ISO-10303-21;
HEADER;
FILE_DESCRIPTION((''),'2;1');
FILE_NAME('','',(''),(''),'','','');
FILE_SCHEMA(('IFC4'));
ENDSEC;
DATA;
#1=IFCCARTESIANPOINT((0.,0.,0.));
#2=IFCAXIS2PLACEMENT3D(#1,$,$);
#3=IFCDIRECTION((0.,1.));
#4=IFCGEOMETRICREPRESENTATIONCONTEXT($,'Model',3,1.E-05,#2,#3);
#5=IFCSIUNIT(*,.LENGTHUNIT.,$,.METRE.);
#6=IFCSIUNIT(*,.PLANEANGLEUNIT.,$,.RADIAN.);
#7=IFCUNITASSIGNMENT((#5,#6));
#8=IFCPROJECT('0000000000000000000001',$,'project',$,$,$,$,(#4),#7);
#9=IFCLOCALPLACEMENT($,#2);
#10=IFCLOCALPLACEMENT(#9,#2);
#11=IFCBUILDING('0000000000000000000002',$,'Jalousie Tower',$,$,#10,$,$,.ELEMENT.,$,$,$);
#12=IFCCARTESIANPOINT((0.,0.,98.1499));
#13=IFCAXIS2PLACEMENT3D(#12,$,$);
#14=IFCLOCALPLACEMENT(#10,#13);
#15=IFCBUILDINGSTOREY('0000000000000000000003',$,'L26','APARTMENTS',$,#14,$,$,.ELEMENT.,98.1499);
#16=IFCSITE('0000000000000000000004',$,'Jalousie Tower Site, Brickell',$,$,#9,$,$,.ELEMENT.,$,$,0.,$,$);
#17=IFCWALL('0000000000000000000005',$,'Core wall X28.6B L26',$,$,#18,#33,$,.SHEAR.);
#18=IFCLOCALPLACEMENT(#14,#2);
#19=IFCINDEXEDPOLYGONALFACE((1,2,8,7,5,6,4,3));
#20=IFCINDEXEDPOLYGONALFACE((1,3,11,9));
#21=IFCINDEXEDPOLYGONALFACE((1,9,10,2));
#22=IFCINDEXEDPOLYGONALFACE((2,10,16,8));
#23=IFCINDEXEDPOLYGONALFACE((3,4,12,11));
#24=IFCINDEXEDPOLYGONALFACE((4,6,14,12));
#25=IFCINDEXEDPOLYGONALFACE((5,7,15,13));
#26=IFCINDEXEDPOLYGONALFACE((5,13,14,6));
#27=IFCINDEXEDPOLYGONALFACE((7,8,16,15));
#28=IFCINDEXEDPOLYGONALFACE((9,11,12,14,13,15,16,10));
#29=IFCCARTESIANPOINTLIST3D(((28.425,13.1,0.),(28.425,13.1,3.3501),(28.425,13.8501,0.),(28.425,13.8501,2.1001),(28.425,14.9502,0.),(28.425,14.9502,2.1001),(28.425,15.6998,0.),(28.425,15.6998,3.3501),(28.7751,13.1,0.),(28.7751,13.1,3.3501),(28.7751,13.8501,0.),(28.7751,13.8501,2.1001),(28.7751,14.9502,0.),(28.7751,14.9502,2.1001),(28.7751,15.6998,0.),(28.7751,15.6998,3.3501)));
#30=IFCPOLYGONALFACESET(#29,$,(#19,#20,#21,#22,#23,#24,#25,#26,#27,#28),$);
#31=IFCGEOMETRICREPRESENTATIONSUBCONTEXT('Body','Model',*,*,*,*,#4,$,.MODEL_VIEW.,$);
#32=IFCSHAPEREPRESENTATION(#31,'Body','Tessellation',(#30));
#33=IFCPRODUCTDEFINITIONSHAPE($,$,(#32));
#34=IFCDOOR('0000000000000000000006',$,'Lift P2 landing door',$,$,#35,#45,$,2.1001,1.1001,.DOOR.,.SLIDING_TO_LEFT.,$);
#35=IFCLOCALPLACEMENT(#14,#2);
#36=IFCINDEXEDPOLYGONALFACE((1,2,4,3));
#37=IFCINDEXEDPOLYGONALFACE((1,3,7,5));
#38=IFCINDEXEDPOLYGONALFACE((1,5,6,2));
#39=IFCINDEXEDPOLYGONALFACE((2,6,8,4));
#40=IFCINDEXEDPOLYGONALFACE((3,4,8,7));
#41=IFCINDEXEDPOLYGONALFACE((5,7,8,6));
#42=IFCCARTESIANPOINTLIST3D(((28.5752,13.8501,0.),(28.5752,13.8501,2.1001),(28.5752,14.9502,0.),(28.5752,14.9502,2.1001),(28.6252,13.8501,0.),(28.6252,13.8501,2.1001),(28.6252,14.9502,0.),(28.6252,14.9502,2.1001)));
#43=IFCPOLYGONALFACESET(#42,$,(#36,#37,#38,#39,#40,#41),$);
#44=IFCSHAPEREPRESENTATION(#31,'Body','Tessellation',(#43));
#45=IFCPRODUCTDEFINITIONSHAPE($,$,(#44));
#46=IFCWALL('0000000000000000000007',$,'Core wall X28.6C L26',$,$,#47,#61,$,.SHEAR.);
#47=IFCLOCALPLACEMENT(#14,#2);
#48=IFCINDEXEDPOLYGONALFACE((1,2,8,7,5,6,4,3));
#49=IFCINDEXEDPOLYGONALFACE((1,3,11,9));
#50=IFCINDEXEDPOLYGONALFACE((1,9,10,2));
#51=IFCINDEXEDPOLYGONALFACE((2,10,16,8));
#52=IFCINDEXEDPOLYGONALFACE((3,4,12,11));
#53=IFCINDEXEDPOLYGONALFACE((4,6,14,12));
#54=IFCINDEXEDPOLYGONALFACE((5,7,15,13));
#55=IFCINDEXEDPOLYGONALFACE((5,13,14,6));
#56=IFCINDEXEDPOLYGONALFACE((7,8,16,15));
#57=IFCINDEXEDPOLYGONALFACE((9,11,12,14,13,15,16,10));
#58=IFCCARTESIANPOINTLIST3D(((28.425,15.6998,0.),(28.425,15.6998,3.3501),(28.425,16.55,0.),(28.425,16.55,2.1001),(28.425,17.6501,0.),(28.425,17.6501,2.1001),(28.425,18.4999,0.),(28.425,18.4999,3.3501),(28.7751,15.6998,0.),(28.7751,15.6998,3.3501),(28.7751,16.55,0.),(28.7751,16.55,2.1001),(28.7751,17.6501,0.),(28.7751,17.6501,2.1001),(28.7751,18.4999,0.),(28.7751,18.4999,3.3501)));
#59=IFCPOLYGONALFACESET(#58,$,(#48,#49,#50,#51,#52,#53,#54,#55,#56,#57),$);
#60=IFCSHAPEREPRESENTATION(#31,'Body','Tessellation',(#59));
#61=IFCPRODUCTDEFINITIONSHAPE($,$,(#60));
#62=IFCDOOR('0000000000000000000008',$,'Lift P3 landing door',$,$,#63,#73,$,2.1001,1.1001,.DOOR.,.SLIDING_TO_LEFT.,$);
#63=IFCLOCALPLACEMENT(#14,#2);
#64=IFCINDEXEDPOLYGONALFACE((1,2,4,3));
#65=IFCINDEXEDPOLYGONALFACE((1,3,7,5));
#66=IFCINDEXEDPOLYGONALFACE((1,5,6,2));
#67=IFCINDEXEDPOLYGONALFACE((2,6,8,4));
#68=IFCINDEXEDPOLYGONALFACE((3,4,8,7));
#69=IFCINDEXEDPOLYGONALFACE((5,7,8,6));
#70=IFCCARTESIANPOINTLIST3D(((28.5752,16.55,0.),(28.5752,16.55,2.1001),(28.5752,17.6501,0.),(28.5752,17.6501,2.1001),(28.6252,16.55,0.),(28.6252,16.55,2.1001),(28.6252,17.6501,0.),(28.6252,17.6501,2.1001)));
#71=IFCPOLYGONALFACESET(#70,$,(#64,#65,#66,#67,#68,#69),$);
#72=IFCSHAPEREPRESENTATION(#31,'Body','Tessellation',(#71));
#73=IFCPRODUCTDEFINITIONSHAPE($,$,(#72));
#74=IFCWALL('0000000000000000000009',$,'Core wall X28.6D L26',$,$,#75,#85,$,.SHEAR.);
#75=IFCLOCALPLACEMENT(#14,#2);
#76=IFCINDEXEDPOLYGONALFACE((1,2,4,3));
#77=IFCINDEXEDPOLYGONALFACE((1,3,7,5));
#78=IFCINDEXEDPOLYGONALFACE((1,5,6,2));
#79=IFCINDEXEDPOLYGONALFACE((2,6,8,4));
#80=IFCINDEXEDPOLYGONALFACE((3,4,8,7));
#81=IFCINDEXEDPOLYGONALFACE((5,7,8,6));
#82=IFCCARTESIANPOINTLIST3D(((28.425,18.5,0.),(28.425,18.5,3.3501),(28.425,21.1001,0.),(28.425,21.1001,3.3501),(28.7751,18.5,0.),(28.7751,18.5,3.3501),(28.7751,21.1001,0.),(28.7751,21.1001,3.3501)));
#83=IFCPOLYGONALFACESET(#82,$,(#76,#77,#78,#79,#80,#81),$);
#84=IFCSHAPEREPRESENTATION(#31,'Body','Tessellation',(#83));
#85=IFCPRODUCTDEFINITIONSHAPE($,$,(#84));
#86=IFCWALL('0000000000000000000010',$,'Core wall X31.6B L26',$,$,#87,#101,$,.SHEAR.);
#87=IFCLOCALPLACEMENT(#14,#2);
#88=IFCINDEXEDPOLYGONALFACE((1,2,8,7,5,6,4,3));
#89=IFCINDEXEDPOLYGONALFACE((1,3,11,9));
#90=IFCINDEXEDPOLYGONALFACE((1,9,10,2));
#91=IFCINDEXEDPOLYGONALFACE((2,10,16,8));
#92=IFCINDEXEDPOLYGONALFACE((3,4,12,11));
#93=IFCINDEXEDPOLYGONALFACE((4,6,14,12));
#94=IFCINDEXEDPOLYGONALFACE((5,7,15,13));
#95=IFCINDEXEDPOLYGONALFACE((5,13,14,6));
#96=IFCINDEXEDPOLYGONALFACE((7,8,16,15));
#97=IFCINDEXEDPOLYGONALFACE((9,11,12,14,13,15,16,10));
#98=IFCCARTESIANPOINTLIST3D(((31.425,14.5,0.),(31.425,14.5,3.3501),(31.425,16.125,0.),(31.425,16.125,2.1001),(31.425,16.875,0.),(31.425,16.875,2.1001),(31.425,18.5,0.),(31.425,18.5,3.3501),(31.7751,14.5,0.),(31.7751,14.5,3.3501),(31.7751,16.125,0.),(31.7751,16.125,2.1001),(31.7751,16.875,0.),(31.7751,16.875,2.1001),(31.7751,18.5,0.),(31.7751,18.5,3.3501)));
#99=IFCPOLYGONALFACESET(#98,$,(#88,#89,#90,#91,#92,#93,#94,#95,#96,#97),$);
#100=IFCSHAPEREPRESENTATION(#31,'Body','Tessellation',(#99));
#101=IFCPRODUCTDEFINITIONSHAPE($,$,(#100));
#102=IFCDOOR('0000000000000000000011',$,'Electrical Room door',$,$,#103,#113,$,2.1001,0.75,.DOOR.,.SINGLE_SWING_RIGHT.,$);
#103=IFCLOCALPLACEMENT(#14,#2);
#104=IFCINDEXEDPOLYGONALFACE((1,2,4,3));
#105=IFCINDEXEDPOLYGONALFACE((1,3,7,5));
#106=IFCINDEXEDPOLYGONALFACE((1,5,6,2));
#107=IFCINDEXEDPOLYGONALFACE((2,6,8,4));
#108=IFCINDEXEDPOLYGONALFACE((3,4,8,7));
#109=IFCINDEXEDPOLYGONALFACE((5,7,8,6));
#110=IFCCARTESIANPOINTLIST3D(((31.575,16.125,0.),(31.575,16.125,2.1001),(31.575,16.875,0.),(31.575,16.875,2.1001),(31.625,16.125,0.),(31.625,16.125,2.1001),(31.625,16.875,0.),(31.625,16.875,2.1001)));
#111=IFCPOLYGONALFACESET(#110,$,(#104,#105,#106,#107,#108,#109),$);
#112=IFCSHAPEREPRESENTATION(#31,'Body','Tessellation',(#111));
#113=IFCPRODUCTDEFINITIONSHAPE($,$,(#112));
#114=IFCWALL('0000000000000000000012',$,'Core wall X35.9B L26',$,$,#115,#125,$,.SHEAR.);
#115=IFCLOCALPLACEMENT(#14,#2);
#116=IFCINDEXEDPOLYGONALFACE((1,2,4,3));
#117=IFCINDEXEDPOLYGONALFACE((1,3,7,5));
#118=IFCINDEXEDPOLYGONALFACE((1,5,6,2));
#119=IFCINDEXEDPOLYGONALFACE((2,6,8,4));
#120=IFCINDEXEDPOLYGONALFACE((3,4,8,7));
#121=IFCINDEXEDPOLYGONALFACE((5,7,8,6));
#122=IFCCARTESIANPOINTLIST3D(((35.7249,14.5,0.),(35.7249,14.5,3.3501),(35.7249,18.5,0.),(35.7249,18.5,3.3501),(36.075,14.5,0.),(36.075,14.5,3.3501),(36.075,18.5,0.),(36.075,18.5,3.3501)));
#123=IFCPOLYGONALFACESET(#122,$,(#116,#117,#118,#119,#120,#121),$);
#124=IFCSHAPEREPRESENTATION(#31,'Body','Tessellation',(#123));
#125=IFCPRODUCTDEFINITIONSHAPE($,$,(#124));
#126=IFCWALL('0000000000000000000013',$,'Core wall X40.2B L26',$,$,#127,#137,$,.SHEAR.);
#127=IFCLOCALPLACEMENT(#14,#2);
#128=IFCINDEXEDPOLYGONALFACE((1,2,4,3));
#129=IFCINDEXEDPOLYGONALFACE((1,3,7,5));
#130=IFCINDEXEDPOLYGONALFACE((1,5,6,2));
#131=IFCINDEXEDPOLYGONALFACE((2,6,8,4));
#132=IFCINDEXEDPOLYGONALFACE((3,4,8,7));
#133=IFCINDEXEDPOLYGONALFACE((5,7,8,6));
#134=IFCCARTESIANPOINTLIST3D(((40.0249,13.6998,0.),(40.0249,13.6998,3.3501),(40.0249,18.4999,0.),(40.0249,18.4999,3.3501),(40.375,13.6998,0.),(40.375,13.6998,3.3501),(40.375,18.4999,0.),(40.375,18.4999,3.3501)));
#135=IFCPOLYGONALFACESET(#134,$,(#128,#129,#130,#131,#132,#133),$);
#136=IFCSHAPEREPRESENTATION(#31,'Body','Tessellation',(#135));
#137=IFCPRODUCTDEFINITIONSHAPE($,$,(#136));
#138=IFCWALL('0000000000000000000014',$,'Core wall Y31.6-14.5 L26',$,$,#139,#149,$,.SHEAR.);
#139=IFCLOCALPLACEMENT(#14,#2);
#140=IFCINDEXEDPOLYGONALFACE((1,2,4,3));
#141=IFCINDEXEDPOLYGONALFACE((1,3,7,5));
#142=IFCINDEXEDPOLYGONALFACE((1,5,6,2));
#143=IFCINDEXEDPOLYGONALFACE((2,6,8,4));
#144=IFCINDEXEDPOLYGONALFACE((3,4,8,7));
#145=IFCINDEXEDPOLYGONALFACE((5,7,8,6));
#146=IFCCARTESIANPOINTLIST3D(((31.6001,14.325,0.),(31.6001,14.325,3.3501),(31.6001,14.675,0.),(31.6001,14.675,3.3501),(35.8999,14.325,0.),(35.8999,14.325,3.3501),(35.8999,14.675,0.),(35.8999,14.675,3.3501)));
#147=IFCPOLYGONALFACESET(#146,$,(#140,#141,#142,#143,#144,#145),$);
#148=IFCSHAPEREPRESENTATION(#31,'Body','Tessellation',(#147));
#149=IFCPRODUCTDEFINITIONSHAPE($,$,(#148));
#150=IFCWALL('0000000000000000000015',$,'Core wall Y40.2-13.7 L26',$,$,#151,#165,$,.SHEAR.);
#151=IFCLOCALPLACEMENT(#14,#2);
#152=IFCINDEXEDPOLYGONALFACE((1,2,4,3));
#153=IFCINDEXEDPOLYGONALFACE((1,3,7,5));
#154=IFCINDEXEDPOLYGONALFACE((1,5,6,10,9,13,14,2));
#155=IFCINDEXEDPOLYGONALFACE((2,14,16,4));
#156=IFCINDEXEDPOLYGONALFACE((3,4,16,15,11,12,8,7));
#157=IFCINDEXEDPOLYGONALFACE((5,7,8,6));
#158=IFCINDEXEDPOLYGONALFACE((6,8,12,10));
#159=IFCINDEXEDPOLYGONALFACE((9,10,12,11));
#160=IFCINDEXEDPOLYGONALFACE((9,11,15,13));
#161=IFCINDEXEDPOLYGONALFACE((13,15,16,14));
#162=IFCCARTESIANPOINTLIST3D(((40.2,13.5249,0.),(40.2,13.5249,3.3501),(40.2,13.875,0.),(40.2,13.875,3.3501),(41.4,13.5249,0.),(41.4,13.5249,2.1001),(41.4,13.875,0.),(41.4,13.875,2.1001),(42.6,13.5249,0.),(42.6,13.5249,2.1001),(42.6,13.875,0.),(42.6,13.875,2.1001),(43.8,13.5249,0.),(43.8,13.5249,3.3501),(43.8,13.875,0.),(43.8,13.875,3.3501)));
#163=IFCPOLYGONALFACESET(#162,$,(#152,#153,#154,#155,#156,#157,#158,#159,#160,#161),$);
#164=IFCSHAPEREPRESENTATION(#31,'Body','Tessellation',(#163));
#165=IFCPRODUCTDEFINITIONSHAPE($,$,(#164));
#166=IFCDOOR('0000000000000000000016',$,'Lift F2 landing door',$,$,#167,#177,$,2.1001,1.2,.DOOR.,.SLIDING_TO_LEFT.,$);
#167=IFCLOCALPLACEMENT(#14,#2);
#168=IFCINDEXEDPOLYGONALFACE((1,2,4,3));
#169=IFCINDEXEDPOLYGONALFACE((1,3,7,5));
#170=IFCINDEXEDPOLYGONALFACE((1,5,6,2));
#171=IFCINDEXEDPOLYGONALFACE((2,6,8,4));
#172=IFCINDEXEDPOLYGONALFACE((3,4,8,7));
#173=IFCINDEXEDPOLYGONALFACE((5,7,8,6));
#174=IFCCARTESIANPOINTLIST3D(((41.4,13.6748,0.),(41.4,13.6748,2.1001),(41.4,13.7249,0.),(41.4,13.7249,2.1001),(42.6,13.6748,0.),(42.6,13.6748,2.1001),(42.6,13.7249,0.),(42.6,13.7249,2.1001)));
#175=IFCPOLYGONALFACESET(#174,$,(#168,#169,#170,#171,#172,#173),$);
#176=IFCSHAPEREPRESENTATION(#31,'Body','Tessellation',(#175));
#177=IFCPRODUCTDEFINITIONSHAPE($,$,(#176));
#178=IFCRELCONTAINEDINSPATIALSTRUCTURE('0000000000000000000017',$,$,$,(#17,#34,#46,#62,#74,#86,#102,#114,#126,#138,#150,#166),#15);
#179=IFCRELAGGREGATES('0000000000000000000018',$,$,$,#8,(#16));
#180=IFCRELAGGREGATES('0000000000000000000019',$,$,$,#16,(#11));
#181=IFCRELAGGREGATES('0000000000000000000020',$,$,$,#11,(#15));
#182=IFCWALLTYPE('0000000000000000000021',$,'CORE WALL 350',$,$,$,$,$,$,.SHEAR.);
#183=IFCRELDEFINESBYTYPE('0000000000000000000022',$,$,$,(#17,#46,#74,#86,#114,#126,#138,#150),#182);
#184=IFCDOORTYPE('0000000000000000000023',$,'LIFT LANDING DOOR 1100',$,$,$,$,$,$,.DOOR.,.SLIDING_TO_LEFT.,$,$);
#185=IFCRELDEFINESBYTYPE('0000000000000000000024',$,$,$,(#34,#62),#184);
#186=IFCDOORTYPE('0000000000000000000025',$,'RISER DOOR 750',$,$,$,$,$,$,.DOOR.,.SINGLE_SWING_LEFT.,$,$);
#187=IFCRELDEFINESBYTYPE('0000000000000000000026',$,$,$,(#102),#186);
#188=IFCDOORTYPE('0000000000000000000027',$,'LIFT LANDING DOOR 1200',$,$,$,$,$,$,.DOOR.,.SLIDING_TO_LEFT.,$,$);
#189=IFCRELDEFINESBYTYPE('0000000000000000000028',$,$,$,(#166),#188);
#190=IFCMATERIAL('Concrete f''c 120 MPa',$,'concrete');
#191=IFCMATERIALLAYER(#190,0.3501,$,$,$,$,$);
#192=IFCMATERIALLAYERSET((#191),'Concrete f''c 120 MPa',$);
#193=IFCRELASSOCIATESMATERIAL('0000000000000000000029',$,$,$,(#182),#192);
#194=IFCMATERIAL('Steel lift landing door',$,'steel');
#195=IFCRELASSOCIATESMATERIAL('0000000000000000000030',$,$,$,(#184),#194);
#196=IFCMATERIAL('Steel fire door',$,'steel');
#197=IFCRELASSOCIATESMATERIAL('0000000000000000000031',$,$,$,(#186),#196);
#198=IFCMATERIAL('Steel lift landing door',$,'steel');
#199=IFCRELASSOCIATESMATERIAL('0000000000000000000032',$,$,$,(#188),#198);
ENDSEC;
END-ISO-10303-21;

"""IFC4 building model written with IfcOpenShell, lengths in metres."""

from ifc_helpers import new_model, si_unit, direction, frame, frame_2d, origin, place, context, subcontext, project, spatial, rectangle, extrude, material, layer, layer_set, type_object, element, fill, save


model = new_model("IFC4")

# Units and contexts
model_context = context("Model", 3, precision=1e-05, world=origin(), true_north=direction((0.0, 1.0)))
body_context = subcontext(model_context, "Body", "Model", "MODEL_VIEW")
ifc_project = project(units=[si_unit("LENGTHUNIT", "METRE"), si_unit("PLANEANGLEUNIT", "RADIAN")], contexts=[model_context])

# Site, building, storey
site_placement = place(None, origin())
site = spatial("IfcSite", under=ifc_project, at=site_placement, Name="Jalousie Tower Site, Brickell", CompositionType="ELEMENT", RefElevation=0.0)
building_placement = place(site_placement, origin())
building = spatial("IfcBuilding", under=site, at=building_placement, Name="Jalousie Tower", CompositionType="ELEMENT")
storey_placement = place(building_placement, frame((0.0, 0.0, 98.1499)))
storey = spatial("IfcBuildingStorey", under=building, at=storey_placement, Name="L26", Description="APARTMENTS", CompositionType="ELEMENT", Elevation=98.1499)

# Walls, openings, doors
ifc_material_1 = material(Name="Concrete f'c 120 MPa", Category="concrete")
ifc_layer = layer(ifc_material_1, 0.3501)
ifc_layer_set = layer_set([ifc_layer], Name="Concrete f'c 120 MPa")
wall_type = type_object("IfcWallType", Name="CORE WALL 350", PredefinedType="SHEAR", material=ifc_layer_set)
wall_1_placement = place(storey_placement, frame((28.6001, 13.1001, 0.0), z_axis=(0.0, 0.0, 1.0), x_axis=(0.0, 1.0, 0.0)))
wall_1 = element("IfcWall", 1, at=wall_1_placement, inside=storey, type_object=wall_type, Name="Core wall X28.6B L26", PredefinedType="SHEAR", context=body_context, shape_type="SweptSolid", body=[
    extrude(rectangle(XDim=2.5999, YDim=0.3501, at=frame_2d((1.2998, 0.0))), origin(), (0.0, 0.0, 1.0), 3.3501),
])
opening_1_placement = place(wall_1_placement, frame((0.75, 0.0, 0.0)))
opening_1 = element("IfcOpeningElement", 2, at=opening_1_placement, cuts=wall_1, PredefinedType="OPENING", context=body_context, shape_type="SweptSolid", body=[
    extrude(rectangle(XDim=1.1001, YDim=2.1001, at=frame_2d((0.55, 1.05))), frame((0.0, 0.1851, 0.0), z_axis=(0.0, -1.0, 0.0), x_axis=(1.0, 0.0, 0.0)), (0.0, 0.0, 1.0), 0.3701),
])
ifc_material_2 = material(Name="Steel lift landing door", Category="steel")
door_type_1 = type_object("IfcDoorType", Name="LIFT LANDING DOOR 1100", OperationType="SLIDING_TO_LEFT", PredefinedType="DOOR", material=ifc_material_2)
door_1_placement = place(opening_1_placement, origin())
door_1 = element("IfcDoor", 3, at=door_1_placement, inside=storey, type_object=door_type_1, Name="Lift P2 landing door", OperationType="SLIDING_TO_LEFT", OverallHeight=2.1001, OverallWidth=1.1001, PredefinedType="DOOR", context=body_context, shape_type="SweptSolid", body=[
    extrude(rectangle(XDim=1.1001, YDim=2.1001, at=frame_2d((0.55, 1.05))), frame((0.0, 0.0249, 0.0), z_axis=(0.0, -1.0, 0.0), x_axis=(1.0, 0.0, 0.0)), (0.0, 0.0, 1.0), 0.05),
])
fill(opening_1, door_1)
wall_2_placement = place(storey_placement, frame((28.6001, 15.7, 0.0), z_axis=(0.0, 0.0, 1.0), x_axis=(0.0, 1.0, 0.0)))
wall_2 = element("IfcWall", 4, at=wall_2_placement, inside=storey, type_object=wall_type, Name="Core wall X28.6C L26", PredefinedType="SHEAR", context=body_context, shape_type="SweptSolid", body=[
    extrude(rectangle(XDim=2.8, YDim=0.3501, at=frame_2d((1.3999, 0.0))), origin(), (0.0, 0.0, 1.0), 3.3501),
])
opening_2_placement = place(wall_2_placement, frame((0.8501, 0.0, 0.0)))
opening_2 = element("IfcOpeningElement", 5, at=opening_2_placement, cuts=wall_2, PredefinedType="OPENING", context=body_context, shape_type="SweptSolid", body=[
    extrude(rectangle(XDim=1.1001, YDim=2.1001, at=frame_2d((0.55, 1.05))), frame((0.0, 0.1851, 0.0), z_axis=(0.0, -1.0, 0.0), x_axis=(1.0, 0.0, 0.0)), (0.0, 0.0, 1.0), 0.3701),
])
door_2_placement = place(opening_2_placement, origin())
door_2 = element("IfcDoor", 6, at=door_2_placement, inside=storey, type_object=door_type_1, Name="Lift P3 landing door", OperationType="SLIDING_TO_LEFT", OverallHeight=2.1001, OverallWidth=1.1001, PredefinedType="DOOR", context=body_context, shape_type="SweptSolid", body=[
    extrude(rectangle(XDim=1.1001, YDim=2.1001, at=frame_2d((0.55, 1.05))), frame((0.0, 0.0249, 0.0), z_axis=(0.0, -1.0, 0.0), x_axis=(1.0, 0.0, 0.0)), (0.0, 0.0, 1.0), 0.05),
])
fill(opening_2, door_2)

# Wall
wall_3_placement = place(storey_placement, frame((28.6001, 18.5, 0.0), z_axis=(0.0, 0.0, 1.0), x_axis=(0.0, 1.0, 0.0)))
element("IfcWall", 7, at=wall_3_placement, inside=storey, type_object=wall_type, Name="Core wall X28.6D L26", PredefinedType="SHEAR", context=body_context, shape_type="SweptSolid", body=[
    extrude(rectangle(XDim=2.6001, YDim=0.3501, at=frame_2d((1.3, 0.0))), origin(), (0.0, 0.0, 1.0), 3.3501),
])

# Wall, opening, door
wall_4_placement = place(storey_placement, frame((31.6001, 14.5, 0.0), z_axis=(0.0, 0.0, 1.0), x_axis=(0.0, 1.0, 0.0)))
wall_4 = element("IfcWall", 8, at=wall_4_placement, inside=storey, type_object=wall_type, Name="Core wall X31.6B L26", PredefinedType="SHEAR", context=body_context, shape_type="SweptSolid", body=[
    extrude(rectangle(XDim=4.0, YDim=0.3501, at=frame_2d((2.0, 0.0))), origin(), (0.0, 0.0, 1.0), 3.3501),
])
opening_3_placement = place(wall_4_placement, frame((1.625, 0.0, 0.0)))
opening_3 = element("IfcOpeningElement", 9, at=opening_3_placement, cuts=wall_4, PredefinedType="OPENING", context=body_context, shape_type="SweptSolid", body=[
    extrude(rectangle(XDim=0.75, YDim=2.1001, at=frame_2d((0.375, 1.05))), frame((0.0, 0.1851, 0.0), z_axis=(0.0, -1.0, 0.0), x_axis=(1.0, 0.0, 0.0)), (0.0, 0.0, 1.0), 0.3701),
])
ifc_material_3 = material(Name="Steel fire door", Category="steel")
door_type_2 = type_object("IfcDoorType", Name="RISER DOOR 750", OperationType="SINGLE_SWING_LEFT", PredefinedType="DOOR", material=ifc_material_3)
door_3_placement = place(opening_3_placement, frame((0.75, 0.0, 0.0), z_axis=(0.0, 0.0, 1.0), x_axis=(-1.0, 0.0, 0.0)))
door_3 = element("IfcDoor", 10, at=door_3_placement, inside=storey, type_object=door_type_2, Name="Electrical Room door", OperationType="SINGLE_SWING_RIGHT", OverallHeight=2.1001, OverallWidth=0.75, PredefinedType="DOOR", context=body_context, shape_type="SweptSolid", body=[
    extrude(rectangle(XDim=0.75, YDim=2.1001, at=frame_2d((0.375, 1.05))), frame((0.0, 0.0249, 0.0), z_axis=(0.0, -1.0, 0.0), x_axis=(1.0, 0.0, 0.0)), (0.0, 0.0, 1.0), 0.05),
])
fill(opening_3, door_3)

# Walls
wall_5_placement = place(storey_placement, frame((35.8999, 14.5, 0.0), z_axis=(0.0, 0.0, 1.0), x_axis=(0.0, 1.0, 0.0)))
element("IfcWall", 11, at=wall_5_placement, inside=storey, type_object=wall_type, Name="Core wall X35.9B L26", PredefinedType="SHEAR", context=body_context, shape_type="SweptSolid", body=[
    extrude(rectangle(XDim=4.0, YDim=0.3501, at=frame_2d((2.0, 0.0))), origin(), (0.0, 0.0, 1.0), 3.3501),
])
wall_6_placement = place(storey_placement, frame((40.2, 13.7, 0.0), z_axis=(0.0, 0.0, 1.0), x_axis=(0.0, 1.0, 0.0)))
element("IfcWall", 12, at=wall_6_placement, inside=storey, type_object=wall_type, Name="Core wall X40.2B L26", PredefinedType="SHEAR", context=body_context, shape_type="SweptSolid", body=[
    extrude(rectangle(XDim=4.8, YDim=0.3501, at=frame_2d((2.3999, 0.0))), origin(), (0.0, 0.0, 1.0), 3.3501),
])
wall_7_placement = place(storey_placement, frame((31.6001, 14.5, 0.0), z_axis=(0.0, 0.0, 1.0), x_axis=(1.0, 0.0, 0.0)))
element("IfcWall", 13, at=wall_7_placement, inside=storey, type_object=wall_type, Name="Core wall Y31.6-14.5 L26", PredefinedType="SHEAR", context=body_context, shape_type="SweptSolid", body=[
    extrude(rectangle(XDim=4.2998, YDim=0.3501, at=frame_2d((2.1499, 0.0))), origin(), (0.0, 0.0, 1.0), 3.3501),
])

# Wall, opening, door
wall_8_placement = place(storey_placement, frame((40.2, 13.7, 0.0), z_axis=(0.0, 0.0, 1.0), x_axis=(1.0, 0.0, 0.0)))
wall_8 = element("IfcWall", 14, at=wall_8_placement, inside=storey, type_object=wall_type, Name="Core wall Y40.2-13.7 L26", PredefinedType="SHEAR", context=body_context, shape_type="SweptSolid", body=[
    extrude(rectangle(XDim=3.6001, YDim=0.3501, at=frame_2d((1.8, 0.0))), origin(), (0.0, 0.0, 1.0), 3.3501),
])
opening_4_placement = place(wall_8_placement, frame((1.2, 0.0, 0.0)))
opening_4 = element("IfcOpeningElement", 15, at=opening_4_placement, cuts=wall_8, PredefinedType="OPENING", context=body_context, shape_type="SweptSolid", body=[
    extrude(rectangle(XDim=1.2, YDim=2.1001, at=frame_2d((0.6001, 1.05))), frame((0.0, 0.1851, 0.0), z_axis=(0.0, -1.0, 0.0), x_axis=(1.0, 0.0, 0.0)), (0.0, 0.0, 1.0), 0.3701),
])
ifc_material_4 = material(Name="Steel lift landing door", Category="steel")
door_type_3 = type_object("IfcDoorType", Name="LIFT LANDING DOOR 1200", OperationType="SLIDING_TO_LEFT", PredefinedType="DOOR", material=ifc_material_4)
door_4_placement = place(opening_4_placement, origin())
door_4 = element("IfcDoor", 16, at=door_4_placement, inside=storey, type_object=door_type_3, Name="Lift F2 landing door", OperationType="SLIDING_TO_LEFT", OverallHeight=2.1001, OverallWidth=1.2, PredefinedType="DOOR", context=body_context, shape_type="SweptSolid", body=[
    extrude(rectangle(XDim=1.2, YDim=2.1001, at=frame_2d((0.6001, 1.05))), frame((0.0, 0.0249, 0.0), z_axis=(0.0, -1.0, 0.0), x_axis=(1.0, 0.0, 0.0)), (0.0, 0.0, 1.0), 0.05),
])
fill(opening_4, door_4)

save(model, "model.ifc")
